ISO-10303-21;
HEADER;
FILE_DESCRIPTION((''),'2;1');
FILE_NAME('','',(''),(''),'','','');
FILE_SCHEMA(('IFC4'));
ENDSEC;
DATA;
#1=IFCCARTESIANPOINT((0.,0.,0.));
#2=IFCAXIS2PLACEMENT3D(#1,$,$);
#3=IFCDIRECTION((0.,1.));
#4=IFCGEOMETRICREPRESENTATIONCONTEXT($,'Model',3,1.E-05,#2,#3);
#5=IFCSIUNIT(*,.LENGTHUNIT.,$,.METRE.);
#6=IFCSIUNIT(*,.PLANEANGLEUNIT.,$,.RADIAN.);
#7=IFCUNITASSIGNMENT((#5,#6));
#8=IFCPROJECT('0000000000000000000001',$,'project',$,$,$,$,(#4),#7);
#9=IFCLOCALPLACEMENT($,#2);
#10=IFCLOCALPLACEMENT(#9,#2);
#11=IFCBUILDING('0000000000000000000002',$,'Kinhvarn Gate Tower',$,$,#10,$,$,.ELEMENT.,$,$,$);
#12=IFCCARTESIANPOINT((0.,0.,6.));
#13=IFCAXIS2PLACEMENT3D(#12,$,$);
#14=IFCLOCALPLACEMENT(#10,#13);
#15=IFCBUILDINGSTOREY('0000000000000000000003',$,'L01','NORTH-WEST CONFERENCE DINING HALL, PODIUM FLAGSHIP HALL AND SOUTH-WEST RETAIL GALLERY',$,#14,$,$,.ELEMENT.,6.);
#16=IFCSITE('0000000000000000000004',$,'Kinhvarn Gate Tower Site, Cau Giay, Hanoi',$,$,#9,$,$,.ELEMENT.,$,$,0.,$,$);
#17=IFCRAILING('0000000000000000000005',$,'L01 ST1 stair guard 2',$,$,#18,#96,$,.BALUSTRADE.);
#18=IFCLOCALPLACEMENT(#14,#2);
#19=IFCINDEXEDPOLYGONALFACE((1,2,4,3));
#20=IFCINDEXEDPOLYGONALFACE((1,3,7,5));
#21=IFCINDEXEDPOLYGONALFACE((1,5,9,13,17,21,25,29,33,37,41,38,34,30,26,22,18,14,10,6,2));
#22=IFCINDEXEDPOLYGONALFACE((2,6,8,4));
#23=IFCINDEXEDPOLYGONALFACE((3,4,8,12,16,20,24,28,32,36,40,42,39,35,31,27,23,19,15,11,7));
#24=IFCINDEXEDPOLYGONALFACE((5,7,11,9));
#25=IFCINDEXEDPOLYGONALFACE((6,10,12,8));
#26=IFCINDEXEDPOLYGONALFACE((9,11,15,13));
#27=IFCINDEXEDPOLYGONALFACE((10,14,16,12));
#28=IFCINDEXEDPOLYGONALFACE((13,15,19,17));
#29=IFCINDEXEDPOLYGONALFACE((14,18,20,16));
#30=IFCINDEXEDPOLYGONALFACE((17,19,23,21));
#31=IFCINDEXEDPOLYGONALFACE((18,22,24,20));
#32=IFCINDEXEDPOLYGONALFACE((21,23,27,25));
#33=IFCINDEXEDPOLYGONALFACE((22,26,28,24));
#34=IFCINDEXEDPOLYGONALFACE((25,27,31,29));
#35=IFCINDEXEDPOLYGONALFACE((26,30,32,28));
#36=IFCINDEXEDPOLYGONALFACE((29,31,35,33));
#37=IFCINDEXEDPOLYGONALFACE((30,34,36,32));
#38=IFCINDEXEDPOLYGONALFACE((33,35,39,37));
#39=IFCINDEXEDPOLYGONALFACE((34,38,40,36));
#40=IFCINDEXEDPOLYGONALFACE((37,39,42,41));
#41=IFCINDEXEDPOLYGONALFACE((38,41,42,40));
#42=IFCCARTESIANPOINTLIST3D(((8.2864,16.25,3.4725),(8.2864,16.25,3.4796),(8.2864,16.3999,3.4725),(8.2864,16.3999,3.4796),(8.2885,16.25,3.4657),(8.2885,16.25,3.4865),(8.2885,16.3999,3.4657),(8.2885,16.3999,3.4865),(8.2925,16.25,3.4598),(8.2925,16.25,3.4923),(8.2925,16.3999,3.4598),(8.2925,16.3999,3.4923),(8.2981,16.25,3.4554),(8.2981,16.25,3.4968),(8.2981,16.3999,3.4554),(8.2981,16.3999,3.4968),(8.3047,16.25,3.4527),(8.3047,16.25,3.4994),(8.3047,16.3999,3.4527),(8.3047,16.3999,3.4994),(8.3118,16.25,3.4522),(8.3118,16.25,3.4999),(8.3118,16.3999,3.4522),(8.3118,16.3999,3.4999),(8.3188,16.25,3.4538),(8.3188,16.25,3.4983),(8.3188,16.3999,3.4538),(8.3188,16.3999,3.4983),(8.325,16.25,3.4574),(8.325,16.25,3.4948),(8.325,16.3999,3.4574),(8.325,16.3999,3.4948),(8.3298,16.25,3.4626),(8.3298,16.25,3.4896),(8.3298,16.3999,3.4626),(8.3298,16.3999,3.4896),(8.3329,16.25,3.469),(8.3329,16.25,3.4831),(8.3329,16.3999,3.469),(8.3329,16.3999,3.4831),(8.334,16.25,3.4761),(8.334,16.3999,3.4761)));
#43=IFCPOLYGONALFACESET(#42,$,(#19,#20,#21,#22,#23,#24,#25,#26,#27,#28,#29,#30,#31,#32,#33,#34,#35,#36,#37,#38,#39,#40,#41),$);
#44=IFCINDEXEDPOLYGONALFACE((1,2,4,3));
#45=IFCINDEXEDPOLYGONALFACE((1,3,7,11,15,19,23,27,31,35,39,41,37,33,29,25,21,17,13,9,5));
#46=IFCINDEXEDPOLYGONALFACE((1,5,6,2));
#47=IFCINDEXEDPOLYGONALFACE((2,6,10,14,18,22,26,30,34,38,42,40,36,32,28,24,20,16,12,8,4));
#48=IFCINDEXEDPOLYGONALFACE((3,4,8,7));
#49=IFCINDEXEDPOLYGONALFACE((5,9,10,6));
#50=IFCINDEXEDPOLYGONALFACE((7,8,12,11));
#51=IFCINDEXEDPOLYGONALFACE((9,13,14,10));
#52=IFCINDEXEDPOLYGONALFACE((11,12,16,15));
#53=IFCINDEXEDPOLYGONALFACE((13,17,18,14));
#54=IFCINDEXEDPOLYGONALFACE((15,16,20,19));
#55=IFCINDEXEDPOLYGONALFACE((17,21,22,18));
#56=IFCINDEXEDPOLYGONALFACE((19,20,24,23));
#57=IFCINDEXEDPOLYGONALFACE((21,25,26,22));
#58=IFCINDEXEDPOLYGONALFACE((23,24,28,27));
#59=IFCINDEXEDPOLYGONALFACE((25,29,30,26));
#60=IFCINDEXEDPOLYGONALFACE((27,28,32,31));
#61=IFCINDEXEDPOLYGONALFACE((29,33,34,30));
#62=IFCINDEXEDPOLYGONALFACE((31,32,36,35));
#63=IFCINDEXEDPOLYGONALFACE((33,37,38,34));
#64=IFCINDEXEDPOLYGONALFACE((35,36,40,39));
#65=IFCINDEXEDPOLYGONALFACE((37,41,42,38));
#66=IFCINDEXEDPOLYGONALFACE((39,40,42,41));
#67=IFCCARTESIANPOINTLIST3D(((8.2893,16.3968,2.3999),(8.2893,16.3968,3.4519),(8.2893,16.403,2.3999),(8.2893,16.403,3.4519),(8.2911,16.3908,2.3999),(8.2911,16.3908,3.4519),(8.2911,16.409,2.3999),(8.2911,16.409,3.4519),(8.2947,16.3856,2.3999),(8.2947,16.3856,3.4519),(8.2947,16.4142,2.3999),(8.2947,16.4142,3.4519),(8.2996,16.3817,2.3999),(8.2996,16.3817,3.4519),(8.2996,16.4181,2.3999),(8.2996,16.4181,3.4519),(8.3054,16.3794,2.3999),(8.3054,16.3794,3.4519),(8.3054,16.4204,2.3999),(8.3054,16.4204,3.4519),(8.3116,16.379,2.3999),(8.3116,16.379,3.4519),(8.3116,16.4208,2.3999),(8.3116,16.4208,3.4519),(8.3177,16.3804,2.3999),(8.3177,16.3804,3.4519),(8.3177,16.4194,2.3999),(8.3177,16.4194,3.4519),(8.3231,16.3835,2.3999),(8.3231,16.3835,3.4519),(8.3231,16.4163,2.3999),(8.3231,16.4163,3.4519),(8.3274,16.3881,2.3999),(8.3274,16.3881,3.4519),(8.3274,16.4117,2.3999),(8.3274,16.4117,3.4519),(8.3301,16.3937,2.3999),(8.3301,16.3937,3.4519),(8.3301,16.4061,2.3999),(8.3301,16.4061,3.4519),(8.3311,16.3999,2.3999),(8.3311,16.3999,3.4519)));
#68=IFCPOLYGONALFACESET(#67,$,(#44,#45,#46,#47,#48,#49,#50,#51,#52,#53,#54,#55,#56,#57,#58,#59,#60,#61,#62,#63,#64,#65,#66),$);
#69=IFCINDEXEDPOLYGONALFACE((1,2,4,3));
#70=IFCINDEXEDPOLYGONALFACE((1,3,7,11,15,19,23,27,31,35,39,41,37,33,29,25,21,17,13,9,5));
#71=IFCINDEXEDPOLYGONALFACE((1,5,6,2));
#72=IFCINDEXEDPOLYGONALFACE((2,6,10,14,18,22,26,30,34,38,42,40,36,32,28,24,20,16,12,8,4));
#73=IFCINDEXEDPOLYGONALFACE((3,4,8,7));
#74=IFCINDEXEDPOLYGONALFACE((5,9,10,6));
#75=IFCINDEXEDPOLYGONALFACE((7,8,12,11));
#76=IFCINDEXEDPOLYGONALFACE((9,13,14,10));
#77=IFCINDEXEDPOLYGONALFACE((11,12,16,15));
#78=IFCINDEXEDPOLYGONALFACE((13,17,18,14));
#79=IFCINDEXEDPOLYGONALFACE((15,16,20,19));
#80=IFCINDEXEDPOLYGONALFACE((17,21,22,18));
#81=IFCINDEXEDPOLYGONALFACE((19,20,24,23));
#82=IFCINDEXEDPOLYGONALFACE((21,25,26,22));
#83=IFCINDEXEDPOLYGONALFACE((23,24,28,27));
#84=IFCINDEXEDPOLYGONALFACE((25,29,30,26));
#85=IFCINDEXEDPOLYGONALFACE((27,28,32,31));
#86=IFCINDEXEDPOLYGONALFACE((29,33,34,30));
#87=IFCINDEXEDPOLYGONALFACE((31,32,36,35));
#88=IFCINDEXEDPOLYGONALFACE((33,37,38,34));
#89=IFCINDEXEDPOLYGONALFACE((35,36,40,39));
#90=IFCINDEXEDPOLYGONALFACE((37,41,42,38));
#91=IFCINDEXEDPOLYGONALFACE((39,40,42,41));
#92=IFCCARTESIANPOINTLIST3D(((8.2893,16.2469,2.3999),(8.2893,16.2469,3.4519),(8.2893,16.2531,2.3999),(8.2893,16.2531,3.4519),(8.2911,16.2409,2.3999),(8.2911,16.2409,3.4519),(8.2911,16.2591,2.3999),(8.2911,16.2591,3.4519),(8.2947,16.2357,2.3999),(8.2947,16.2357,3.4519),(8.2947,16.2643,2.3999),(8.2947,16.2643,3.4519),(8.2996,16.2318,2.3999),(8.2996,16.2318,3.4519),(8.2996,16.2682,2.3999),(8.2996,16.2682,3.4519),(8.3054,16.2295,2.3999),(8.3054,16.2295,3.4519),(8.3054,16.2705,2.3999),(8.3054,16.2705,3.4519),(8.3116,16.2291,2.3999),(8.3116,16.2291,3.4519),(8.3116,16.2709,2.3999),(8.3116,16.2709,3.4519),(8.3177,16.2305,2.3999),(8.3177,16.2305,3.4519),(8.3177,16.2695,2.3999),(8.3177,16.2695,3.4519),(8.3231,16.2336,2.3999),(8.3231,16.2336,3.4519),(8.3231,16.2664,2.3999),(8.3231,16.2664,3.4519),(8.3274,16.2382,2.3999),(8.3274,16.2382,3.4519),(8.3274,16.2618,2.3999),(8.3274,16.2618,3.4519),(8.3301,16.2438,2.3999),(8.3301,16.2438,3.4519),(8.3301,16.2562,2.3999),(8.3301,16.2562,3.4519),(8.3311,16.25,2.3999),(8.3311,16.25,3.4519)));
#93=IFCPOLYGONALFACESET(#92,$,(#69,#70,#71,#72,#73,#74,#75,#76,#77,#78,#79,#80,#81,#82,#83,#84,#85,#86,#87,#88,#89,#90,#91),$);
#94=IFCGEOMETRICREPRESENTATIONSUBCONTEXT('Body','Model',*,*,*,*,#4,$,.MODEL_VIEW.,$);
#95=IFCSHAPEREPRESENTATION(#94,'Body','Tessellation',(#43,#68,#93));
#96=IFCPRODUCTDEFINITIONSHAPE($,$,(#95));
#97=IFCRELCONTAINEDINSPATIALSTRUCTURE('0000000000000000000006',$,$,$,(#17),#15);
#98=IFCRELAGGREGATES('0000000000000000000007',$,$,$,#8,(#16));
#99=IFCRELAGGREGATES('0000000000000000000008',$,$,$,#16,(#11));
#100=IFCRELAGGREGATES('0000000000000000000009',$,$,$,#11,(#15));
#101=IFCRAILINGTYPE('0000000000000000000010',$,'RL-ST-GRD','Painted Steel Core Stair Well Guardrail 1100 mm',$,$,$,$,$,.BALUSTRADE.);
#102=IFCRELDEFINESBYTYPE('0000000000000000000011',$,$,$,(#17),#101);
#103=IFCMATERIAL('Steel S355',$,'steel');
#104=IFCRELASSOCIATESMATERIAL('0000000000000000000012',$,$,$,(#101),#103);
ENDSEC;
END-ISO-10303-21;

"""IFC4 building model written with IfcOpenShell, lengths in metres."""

from ifc_helpers import new_model, si_unit, direction, frame, origin, origin_2d, place, context, subcontext, project, spatial, circle, extrude, material, type_object, element, save


model = new_model("IFC4")

# Units and contexts
model_context = context("Model", 3, precision=1e-05, world=origin(), true_north=direction((0.0, 1.0)))
body_context = subcontext(model_context, "Body", "Model", "MODEL_VIEW")
ifc_project = project(units=[si_unit("LENGTHUNIT", "METRE"), si_unit("PLANEANGLEUNIT", "RADIAN")], contexts=[model_context])

# Site, building, storey
site_placement = place(None, origin())
site = spatial("IfcSite", under=ifc_project, at=site_placement, Name="Kinhvarn Gate Tower Site, Cau Giay, Hanoi", CompositionType="ELEMENT", RefElevation=0.0)
building_placement = place(site_placement, origin())
building = spatial("IfcBuilding", under=site, at=building_placement, Name="Kinhvarn Gate Tower", CompositionType="ELEMENT")
storey_placement = place(building_placement, frame((0.0, 0.0, 6.0)))
storey = spatial("IfcBuildingStorey", under=building, at=storey_placement, Name="L01", Description="NORTH-WEST CONFERENCE DINING HALL, PODIUM FLAGSHIP HALL AND SOUTH-WEST RETAIL GALLERY", CompositionType="ELEMENT", Elevation=6.0)

# Shared definitions
ifc_material_1 = material(Name="Steel S355", Category="steel")

# Railing
railing_type_1 = type_object("IfcRailingType", Name="RL-ST-GRD", Description="Painted Steel Core Stair Well Guardrail 1100 mm", PredefinedType="BALUSTRADE", material=ifc_material_1)
railing_1_placement = place(storey_placement, frame((8.3101, 16.3999, 2.3999)))
element("IfcRailing", 1, at=railing_1_placement, inside=storey, type_object=railing_type_1, Name="L01 ST1 stair guard 2", PredefinedType="BALUSTRADE", context=body_context, shape_type="SweptSolid", body=[
    extrude(circle(Radius=0.0239, at=origin_2d()), frame((0.0, 0.0, 1.0762), z_axis=(0.0, -1.0, 0.0), x_axis=(1.0, 0.0, 0.0)), (0.0, 0.0, 1.0), 0.1499),
    extrude(circle(Radius=0.021, at=origin_2d()), origin(), (0.0, 0.0, 1.0), 1.052),
    extrude(circle(Radius=0.021, at=origin_2d()), frame((0.0, -0.1499, 0.0)), (0.0, 0.0, 1.0), 1.052),
])

save(model, "model.ifc")
